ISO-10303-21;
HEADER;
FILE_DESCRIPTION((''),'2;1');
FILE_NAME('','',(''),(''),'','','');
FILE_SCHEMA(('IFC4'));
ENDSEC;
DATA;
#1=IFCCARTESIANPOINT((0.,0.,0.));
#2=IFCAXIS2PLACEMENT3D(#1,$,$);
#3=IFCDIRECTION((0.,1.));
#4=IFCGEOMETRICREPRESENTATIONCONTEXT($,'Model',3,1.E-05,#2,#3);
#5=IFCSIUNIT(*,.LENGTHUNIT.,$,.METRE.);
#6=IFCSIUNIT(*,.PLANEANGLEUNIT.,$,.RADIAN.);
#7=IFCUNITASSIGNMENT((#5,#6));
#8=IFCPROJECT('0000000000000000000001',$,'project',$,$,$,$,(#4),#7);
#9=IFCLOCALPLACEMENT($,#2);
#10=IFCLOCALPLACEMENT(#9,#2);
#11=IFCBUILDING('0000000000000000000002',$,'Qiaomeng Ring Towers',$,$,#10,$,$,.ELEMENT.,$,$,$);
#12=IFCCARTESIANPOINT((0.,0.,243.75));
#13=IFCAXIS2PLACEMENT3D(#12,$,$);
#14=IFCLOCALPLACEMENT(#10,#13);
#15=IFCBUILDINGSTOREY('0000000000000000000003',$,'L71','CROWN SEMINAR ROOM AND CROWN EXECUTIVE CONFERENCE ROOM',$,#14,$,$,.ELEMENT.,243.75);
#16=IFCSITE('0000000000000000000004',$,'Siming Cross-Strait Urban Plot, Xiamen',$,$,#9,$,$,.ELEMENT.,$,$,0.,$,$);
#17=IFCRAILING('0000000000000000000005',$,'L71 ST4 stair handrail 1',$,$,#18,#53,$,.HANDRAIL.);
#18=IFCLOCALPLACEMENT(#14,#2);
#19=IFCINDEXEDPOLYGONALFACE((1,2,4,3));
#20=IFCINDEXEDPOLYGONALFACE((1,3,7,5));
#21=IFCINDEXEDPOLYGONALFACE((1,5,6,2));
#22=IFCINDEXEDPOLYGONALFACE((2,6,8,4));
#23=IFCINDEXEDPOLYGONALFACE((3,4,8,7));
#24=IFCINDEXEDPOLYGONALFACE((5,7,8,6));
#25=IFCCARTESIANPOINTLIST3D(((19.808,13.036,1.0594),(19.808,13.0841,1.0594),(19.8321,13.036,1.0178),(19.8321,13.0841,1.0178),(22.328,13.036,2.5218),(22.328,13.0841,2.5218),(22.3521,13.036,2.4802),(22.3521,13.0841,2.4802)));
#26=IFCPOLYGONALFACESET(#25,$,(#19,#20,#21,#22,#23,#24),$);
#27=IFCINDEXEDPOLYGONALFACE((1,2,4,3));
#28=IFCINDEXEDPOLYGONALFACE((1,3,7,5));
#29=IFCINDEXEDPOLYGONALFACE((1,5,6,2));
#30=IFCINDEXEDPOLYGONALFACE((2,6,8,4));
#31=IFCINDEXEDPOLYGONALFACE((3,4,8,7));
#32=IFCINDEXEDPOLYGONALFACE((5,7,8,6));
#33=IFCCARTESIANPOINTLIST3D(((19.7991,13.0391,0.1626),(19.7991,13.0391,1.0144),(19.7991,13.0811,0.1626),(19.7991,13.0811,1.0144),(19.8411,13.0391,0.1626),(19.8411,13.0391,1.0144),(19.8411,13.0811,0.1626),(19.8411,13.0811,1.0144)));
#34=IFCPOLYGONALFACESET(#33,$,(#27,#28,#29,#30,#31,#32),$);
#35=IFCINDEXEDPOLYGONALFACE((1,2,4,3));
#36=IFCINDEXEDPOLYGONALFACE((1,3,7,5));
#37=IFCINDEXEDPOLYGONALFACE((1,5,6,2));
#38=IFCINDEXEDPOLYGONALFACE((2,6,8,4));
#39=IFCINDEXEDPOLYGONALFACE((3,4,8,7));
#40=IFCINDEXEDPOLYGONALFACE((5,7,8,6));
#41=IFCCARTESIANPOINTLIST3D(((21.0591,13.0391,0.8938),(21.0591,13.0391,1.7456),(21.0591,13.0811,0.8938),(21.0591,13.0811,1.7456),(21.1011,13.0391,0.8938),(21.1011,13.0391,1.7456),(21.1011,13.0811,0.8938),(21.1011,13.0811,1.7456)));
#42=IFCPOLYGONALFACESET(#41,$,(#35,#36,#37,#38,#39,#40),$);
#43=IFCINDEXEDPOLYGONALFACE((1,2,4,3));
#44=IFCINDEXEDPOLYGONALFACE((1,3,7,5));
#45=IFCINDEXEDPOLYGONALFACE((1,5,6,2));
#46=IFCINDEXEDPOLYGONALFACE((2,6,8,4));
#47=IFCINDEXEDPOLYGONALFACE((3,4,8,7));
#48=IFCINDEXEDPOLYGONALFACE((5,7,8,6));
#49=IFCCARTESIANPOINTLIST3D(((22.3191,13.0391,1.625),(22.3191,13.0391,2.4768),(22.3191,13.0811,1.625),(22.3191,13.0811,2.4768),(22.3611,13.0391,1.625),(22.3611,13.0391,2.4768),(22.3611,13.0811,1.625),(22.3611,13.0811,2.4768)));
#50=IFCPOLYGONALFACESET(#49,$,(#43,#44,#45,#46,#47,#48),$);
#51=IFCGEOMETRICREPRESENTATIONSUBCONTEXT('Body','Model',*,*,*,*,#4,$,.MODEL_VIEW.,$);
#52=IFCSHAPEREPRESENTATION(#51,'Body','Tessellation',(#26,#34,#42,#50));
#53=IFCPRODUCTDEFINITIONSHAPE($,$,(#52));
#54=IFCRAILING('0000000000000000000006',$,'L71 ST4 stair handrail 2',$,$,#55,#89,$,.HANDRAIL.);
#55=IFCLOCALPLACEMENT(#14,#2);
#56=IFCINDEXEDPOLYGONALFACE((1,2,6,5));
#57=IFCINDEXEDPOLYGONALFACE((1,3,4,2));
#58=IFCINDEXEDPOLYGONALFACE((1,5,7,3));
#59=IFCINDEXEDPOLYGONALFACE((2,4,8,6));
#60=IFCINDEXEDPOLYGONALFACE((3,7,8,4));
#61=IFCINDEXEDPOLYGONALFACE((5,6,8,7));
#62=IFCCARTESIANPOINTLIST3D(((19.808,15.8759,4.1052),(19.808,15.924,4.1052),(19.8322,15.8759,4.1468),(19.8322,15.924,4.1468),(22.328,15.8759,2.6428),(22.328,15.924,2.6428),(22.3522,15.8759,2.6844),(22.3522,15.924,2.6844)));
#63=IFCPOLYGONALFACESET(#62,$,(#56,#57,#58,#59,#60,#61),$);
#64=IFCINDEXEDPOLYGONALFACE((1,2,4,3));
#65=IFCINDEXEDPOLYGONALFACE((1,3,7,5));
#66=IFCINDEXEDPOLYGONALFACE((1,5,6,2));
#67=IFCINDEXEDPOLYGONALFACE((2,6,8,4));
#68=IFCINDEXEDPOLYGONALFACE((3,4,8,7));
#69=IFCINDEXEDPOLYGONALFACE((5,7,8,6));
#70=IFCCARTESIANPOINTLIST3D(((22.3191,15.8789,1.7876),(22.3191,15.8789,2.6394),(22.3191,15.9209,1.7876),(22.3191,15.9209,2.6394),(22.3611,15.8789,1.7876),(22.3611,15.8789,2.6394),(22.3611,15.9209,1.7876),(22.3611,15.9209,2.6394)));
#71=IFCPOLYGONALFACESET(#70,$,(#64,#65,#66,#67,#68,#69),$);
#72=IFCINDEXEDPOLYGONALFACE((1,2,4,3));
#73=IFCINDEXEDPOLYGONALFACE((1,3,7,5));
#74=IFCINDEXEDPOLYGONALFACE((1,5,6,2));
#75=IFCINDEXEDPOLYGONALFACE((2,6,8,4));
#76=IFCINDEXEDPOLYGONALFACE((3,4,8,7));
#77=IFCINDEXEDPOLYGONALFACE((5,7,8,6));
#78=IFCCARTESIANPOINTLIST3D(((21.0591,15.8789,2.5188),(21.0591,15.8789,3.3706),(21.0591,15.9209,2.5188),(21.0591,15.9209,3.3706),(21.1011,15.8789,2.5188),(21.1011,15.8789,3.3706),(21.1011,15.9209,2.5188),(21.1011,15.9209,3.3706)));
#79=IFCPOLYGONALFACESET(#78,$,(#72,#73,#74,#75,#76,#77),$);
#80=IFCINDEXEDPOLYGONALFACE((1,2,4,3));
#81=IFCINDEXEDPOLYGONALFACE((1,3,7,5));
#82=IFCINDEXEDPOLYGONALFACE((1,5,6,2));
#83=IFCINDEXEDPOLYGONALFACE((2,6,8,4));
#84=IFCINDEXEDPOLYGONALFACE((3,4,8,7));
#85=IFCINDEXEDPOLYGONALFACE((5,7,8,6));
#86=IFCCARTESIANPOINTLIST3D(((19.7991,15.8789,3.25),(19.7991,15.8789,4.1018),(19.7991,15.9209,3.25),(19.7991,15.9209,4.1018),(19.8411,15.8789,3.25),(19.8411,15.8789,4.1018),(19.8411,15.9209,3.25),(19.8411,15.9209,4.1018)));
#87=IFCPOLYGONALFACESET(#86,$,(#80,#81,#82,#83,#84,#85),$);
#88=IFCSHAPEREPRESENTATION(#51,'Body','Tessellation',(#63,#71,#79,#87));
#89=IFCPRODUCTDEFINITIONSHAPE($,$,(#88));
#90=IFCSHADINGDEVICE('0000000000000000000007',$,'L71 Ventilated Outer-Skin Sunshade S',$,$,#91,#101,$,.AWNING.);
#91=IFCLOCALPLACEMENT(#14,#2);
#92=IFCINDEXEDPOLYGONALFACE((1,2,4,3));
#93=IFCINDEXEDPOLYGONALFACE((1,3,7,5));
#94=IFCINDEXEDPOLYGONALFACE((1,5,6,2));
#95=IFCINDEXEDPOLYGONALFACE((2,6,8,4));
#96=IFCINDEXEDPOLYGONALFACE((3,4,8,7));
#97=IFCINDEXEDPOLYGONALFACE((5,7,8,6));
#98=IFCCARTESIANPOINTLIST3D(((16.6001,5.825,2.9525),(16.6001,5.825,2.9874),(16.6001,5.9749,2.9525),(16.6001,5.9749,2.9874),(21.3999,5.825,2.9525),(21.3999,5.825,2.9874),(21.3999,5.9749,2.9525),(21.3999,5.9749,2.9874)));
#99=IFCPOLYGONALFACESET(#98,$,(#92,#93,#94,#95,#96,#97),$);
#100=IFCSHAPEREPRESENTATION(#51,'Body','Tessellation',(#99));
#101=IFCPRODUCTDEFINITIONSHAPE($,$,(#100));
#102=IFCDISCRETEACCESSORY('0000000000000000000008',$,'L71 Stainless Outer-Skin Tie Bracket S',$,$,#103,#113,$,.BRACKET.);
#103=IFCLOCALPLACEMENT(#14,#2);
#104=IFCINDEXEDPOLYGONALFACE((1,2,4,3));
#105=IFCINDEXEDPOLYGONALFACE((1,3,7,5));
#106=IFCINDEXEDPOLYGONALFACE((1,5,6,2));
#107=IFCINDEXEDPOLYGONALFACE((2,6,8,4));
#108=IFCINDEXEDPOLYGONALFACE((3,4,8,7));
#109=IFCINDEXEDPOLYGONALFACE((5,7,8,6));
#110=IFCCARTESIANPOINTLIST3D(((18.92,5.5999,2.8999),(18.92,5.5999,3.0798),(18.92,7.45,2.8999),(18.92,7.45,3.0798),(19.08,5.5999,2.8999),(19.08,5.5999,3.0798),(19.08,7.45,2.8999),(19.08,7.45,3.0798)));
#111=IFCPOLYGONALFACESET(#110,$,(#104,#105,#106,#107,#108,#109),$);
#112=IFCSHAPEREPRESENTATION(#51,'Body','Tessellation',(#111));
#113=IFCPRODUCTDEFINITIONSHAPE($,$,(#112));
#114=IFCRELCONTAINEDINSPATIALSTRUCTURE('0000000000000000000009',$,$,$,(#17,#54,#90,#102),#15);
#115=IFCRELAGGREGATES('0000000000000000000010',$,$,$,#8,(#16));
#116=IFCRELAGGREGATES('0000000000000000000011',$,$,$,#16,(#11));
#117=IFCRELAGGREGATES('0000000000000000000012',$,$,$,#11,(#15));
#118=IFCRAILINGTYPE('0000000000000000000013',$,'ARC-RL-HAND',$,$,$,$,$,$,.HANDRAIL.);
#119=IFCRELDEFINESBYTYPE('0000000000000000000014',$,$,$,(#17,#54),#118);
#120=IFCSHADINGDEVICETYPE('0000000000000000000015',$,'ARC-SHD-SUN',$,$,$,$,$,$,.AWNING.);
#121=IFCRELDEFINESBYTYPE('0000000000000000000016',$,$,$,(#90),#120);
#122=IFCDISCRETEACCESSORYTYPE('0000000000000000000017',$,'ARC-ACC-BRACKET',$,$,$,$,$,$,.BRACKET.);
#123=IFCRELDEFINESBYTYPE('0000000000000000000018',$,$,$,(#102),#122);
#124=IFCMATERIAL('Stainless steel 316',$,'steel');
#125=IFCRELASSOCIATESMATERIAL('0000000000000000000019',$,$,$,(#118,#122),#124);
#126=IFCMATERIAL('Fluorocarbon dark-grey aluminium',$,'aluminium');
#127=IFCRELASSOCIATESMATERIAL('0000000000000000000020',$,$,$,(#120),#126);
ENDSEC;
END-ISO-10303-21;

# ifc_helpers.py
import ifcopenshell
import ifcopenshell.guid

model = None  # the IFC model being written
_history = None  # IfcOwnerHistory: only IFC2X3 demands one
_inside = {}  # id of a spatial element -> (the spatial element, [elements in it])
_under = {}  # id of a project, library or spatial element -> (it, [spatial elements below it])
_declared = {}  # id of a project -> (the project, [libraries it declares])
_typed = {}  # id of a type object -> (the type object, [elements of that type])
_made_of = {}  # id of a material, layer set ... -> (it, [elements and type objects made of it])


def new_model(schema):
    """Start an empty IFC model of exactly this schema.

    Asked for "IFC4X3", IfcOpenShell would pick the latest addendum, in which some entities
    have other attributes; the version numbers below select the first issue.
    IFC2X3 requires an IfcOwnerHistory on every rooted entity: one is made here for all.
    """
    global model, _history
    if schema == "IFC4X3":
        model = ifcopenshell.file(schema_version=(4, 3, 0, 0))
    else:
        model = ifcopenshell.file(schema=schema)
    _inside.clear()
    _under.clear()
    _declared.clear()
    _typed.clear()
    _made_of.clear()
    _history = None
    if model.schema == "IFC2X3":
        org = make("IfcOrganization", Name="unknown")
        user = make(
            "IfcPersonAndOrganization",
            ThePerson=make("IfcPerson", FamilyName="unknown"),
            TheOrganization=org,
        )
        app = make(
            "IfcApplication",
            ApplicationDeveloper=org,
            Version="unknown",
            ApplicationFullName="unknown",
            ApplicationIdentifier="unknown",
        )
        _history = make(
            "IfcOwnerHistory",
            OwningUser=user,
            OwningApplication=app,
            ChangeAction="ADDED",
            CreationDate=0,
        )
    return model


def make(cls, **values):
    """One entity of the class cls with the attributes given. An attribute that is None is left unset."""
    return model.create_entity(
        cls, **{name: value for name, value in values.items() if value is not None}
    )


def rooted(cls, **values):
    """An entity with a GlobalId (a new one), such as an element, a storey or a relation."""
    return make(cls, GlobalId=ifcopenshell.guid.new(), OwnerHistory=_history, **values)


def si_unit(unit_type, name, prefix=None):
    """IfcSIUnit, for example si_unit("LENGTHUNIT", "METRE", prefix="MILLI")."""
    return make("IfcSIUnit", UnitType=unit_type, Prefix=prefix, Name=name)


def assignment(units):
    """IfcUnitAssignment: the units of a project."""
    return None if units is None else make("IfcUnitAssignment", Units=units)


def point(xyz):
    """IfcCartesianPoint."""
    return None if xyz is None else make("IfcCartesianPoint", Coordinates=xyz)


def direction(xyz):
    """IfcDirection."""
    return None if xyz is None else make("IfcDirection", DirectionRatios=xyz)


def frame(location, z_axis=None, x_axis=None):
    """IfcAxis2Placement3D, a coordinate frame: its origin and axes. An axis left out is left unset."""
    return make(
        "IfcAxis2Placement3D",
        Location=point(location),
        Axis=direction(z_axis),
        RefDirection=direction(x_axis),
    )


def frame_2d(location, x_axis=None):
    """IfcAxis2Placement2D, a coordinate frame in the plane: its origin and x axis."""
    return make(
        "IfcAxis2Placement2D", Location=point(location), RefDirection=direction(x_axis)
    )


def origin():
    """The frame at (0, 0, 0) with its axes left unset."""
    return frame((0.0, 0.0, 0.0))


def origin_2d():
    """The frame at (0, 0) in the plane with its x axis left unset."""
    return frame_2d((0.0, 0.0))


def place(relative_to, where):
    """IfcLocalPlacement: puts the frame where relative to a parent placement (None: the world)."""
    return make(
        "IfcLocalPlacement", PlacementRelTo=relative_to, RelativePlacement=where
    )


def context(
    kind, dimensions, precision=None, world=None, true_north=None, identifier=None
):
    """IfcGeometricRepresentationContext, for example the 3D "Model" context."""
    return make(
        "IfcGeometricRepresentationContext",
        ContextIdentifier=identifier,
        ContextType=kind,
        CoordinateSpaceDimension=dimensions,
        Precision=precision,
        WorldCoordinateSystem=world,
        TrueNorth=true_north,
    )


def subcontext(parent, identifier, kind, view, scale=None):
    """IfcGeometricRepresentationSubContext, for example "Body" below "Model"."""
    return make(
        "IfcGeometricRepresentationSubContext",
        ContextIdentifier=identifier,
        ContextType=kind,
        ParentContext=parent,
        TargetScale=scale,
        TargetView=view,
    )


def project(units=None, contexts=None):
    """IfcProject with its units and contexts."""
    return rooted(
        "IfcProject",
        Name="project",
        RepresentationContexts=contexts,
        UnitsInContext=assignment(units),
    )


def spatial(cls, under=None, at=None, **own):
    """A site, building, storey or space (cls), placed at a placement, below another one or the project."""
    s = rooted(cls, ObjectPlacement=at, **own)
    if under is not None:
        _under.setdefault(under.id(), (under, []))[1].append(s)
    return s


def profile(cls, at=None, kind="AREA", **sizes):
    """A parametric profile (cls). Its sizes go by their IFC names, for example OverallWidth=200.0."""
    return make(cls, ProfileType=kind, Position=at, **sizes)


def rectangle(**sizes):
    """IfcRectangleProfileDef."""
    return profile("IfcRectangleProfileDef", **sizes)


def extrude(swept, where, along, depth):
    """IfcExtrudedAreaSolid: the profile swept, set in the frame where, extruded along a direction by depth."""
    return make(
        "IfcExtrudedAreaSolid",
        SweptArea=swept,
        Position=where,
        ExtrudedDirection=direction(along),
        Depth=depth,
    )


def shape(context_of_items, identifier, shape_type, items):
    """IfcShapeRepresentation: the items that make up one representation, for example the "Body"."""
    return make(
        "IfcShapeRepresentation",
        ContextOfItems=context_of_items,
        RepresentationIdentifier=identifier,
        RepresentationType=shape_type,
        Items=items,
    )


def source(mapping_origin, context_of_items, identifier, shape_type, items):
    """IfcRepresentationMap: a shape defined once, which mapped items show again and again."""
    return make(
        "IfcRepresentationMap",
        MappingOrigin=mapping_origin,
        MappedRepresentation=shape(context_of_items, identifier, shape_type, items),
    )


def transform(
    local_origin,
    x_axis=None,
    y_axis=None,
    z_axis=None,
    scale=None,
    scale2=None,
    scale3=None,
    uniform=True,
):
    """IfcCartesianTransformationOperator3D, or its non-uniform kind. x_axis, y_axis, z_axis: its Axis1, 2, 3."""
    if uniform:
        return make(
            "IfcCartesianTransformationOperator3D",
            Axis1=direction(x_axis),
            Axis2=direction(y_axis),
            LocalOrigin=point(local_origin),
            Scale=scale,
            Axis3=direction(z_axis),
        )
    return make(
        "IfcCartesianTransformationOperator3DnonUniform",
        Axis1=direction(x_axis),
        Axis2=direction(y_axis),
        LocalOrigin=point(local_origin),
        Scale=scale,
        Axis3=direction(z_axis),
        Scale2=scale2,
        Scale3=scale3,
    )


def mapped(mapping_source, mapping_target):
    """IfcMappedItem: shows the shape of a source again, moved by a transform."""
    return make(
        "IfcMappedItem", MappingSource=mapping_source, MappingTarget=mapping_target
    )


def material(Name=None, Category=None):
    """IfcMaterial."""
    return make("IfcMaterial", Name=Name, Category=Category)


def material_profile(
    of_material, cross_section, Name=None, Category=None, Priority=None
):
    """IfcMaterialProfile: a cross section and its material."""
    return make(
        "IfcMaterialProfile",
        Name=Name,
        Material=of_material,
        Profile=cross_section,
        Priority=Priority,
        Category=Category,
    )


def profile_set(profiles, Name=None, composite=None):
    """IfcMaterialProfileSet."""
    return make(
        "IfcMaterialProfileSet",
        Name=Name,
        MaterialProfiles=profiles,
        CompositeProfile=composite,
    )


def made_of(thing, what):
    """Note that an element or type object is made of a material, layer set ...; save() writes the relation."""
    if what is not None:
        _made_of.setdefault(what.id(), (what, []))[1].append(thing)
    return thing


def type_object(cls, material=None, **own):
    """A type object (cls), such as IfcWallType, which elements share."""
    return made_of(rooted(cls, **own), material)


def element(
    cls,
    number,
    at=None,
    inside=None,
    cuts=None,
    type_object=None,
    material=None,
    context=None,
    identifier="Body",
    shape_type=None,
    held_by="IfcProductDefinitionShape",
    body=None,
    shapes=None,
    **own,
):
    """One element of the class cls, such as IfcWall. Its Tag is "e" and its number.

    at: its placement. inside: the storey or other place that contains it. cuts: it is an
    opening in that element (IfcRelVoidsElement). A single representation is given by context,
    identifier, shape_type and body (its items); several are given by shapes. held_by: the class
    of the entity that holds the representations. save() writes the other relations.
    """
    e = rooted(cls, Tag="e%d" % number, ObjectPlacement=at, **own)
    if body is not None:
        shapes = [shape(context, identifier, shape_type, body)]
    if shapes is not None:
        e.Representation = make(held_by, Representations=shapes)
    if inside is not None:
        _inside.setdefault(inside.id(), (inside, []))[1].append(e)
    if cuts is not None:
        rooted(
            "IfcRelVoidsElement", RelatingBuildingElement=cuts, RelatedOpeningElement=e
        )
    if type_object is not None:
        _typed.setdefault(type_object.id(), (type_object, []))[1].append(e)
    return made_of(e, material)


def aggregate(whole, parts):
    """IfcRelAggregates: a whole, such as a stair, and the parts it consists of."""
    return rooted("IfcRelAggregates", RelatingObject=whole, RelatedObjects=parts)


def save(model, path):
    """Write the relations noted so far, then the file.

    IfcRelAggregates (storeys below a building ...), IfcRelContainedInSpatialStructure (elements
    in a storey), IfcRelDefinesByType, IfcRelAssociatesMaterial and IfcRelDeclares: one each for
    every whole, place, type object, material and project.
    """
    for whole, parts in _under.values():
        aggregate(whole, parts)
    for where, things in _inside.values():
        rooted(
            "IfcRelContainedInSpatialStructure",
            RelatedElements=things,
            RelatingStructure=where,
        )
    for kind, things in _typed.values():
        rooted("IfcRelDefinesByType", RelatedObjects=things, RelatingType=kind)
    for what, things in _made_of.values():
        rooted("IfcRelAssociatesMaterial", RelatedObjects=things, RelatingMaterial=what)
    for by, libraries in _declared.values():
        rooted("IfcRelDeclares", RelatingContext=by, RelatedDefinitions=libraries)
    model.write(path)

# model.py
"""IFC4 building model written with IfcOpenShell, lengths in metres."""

from ifc_helpers import new_model, si_unit, direction, frame, origin, origin_2d, place, context, subcontext, project, spatial, rectangle, extrude, source, transform, mapped, material, material_profile, profile_set, type_object, element, save


model = new_model("IFC4")

# Units and contexts
model_context = context("Model", 3, precision=1e-05, world=origin(), true_north=direction((0.0, 1.0)))
body_context = subcontext(model_context, "Body", "Model", "MODEL_VIEW")
ifc_project = project(units=[si_unit("LENGTHUNIT", "METRE"), si_unit("PLANEANGLEUNIT", "RADIAN")], contexts=[model_context])

# Site, building, storey
site_placement = place(None, origin())
site = spatial("IfcSite", under=ifc_project, at=site_placement, Name="Siming Cross-Strait Urban Plot, Xiamen", CompositionType="ELEMENT", RefElevation=0.0)
building_placement = place(site_placement, origin())
building = spatial("IfcBuilding", under=site, at=building_placement, Name="Qiaomeng Ring Towers", CompositionType="ELEMENT")
storey_placement = place(building_placement, frame((0.0, 0.0, 243.75)))
storey = spatial("IfcBuildingStorey", under=building, at=storey_placement, Name="L71", Description="CROWN SEMINAR ROOM AND CROWN EXECUTIVE CONFERENCE ROOM", CompositionType="ELEMENT", Elevation=243.75)

# Shared definitions
ifc_material_1 = material(Name="Fluorocarbon dark-grey aluminium", Category="aluminium")

# Railings
ifc_material_2 = material(Name="Stainless steel 316", Category="steel")
railing_type_1 = type_object("IfcRailingType", Name="ARC-RL-HAND", PredefinedType="HANDRAIL", material=ifc_material_2)
railing_1_placement = place(storey_placement, frame((19.8201, 13.0601, 0.1626)))
element("IfcRailing", 1, at=railing_1_placement, inside=storey, type_object=railing_type_1, Name="L71 ST4 stair handrail 1", PredefinedType="HANDRAIL", context=body_context, shape_type="SweptSolid", body=[
    extrude(rectangle(XDim=0.0481, YDim=0.0481, at=origin_2d()), frame((0.0, 0.0, 0.876), z_axis=(0.864913, 0.0, 0.501921), x_axis=(0.0, 1.0, 0.0)), (0.0, 0.0, 1.0), 2.9136),
    extrude(rectangle(XDim=0.042, YDim=0.042, at=origin_2d()), origin(), (0.0, 0.0, 1.0), 0.8518),
    extrude(rectangle(XDim=0.042, YDim=0.042, at=origin_2d()), frame((1.26, 0.0, 0.7312)), (0.0, 0.0, 1.0), 0.8518),
    extrude(rectangle(XDim=0.042, YDim=0.042, at=origin_2d()), frame((2.52, 0.0, 1.4624)), (0.0, 0.0, 1.0), 0.8518),
])
railing_2_placement = place(storey_placement, frame((22.3401, 15.8999, 1.7876)))
element("IfcRailing", 2, at=railing_2_placement, inside=storey, type_object=railing_type_1, Name="L71 ST4 stair handrail 2", PredefinedType="HANDRAIL", context=body_context, shape_type="SweptSolid", body=[
    extrude(rectangle(XDim=0.0481, YDim=0.0481, at=origin_2d()), frame((0.0, 0.0, 0.876), z_axis=(-0.864913, 0.0, 0.501921), x_axis=(0.0, -1.0, 0.0)), (0.0, 0.0, 1.0), 2.9136),
    extrude(rectangle(XDim=0.042, YDim=0.042, at=origin_2d()), origin(), (0.0, 0.0, 1.0), 0.8518),
    extrude(rectangle(XDim=0.042, YDim=0.042, at=origin_2d()), frame((-1.26, 0.0, 0.7312)), (0.0, 0.0, 1.0), 0.8518),
    extrude(rectangle(XDim=0.042, YDim=0.042, at=origin_2d()), frame((-2.52, 0.0, 1.4624)), (0.0, 0.0, 1.0), 0.8518),
])

# Shading device
ifc_material_profile_1 = material_profile(ifc_material_1, rectangle(XDim=0.1499, YDim=0.0349, at=origin_2d()), Name="LV BLADE 150x35")
ifc_profile_set_1 = profile_set([ifc_material_profile_1], Name="Fluorocarbon dark-grey aluminium")
shading_device_type = type_object("IfcShadingDeviceType", Name="ARC-SHD-SUN", PredefinedType="AWNING", material=ifc_profile_set_1)
shared_shape_1 = source(origin(), body_context, "Body", "SweptSolid", [
    extrude(rectangle(XDim=0.1499, YDim=0.0349, at=origin_2d()), origin(), (0.0, 0.0, 1.0), 4.7998),
])
shading_device_placement = place(storey_placement, frame((16.6001, 5.8999, 2.97), z_axis=(1.0, 0.0, 0.0), x_axis=(0.0, 1.0, 0.0)))
element("IfcShadingDevice", 3, at=shading_device_placement, inside=storey, type_object=shading_device_type, Name="L71 Ventilated Outer-Skin Sunshade S", PredefinedType="AWNING", context=body_context, shape_type="MappedRepresentation", body=[
    mapped(shared_shape_1, transform((0.0, 0.0, 0.0), x_axis=(1.0, 0.0, 0.0), y_axis=(0.0, 1.0, 0.0), z_axis=(0.0, 0.0, 1.0), scale=1.0)),
])

# Discrete accessory
discrete_accessory_type = type_object("IfcDiscreteAccessoryType", Name="ARC-ACC-BRACKET", PredefinedType="BRACKET", material=ifc_material_2)
shared_shape_2 = source(origin(), body_context, "Body", "SweptSolid", [
    extrude(rectangle(XDim=0.1599, YDim=1.8501, at=origin_2d()), origin(), (0.0, 0.0, 1.0), 0.1799),
])
discrete_accessory_placement = place(storey_placement, frame((19.0, 6.5249, 2.8999), z_axis=(0.0, 0.0, 1.0), x_axis=(1.0, 0.0, 0.0)))
element("IfcDiscreteAccessory", 4, at=discrete_accessory_placement, inside=storey, type_object=discrete_accessory_type, Name="L71 Stainless Outer-Skin Tie Bracket S", PredefinedType="BRACKET", context=body_context, shape_type="MappedRepresentation", body=[
    mapped(shared_shape_2, transform((0.0, 0.0, 0.0), x_axis=(1.0, 0.0, 0.0), y_axis=(0.0, 1.0, 0.0), z_axis=(0.0, 0.0, 1.0), scale=1.0)),
])

save(model, "model.ifc")
